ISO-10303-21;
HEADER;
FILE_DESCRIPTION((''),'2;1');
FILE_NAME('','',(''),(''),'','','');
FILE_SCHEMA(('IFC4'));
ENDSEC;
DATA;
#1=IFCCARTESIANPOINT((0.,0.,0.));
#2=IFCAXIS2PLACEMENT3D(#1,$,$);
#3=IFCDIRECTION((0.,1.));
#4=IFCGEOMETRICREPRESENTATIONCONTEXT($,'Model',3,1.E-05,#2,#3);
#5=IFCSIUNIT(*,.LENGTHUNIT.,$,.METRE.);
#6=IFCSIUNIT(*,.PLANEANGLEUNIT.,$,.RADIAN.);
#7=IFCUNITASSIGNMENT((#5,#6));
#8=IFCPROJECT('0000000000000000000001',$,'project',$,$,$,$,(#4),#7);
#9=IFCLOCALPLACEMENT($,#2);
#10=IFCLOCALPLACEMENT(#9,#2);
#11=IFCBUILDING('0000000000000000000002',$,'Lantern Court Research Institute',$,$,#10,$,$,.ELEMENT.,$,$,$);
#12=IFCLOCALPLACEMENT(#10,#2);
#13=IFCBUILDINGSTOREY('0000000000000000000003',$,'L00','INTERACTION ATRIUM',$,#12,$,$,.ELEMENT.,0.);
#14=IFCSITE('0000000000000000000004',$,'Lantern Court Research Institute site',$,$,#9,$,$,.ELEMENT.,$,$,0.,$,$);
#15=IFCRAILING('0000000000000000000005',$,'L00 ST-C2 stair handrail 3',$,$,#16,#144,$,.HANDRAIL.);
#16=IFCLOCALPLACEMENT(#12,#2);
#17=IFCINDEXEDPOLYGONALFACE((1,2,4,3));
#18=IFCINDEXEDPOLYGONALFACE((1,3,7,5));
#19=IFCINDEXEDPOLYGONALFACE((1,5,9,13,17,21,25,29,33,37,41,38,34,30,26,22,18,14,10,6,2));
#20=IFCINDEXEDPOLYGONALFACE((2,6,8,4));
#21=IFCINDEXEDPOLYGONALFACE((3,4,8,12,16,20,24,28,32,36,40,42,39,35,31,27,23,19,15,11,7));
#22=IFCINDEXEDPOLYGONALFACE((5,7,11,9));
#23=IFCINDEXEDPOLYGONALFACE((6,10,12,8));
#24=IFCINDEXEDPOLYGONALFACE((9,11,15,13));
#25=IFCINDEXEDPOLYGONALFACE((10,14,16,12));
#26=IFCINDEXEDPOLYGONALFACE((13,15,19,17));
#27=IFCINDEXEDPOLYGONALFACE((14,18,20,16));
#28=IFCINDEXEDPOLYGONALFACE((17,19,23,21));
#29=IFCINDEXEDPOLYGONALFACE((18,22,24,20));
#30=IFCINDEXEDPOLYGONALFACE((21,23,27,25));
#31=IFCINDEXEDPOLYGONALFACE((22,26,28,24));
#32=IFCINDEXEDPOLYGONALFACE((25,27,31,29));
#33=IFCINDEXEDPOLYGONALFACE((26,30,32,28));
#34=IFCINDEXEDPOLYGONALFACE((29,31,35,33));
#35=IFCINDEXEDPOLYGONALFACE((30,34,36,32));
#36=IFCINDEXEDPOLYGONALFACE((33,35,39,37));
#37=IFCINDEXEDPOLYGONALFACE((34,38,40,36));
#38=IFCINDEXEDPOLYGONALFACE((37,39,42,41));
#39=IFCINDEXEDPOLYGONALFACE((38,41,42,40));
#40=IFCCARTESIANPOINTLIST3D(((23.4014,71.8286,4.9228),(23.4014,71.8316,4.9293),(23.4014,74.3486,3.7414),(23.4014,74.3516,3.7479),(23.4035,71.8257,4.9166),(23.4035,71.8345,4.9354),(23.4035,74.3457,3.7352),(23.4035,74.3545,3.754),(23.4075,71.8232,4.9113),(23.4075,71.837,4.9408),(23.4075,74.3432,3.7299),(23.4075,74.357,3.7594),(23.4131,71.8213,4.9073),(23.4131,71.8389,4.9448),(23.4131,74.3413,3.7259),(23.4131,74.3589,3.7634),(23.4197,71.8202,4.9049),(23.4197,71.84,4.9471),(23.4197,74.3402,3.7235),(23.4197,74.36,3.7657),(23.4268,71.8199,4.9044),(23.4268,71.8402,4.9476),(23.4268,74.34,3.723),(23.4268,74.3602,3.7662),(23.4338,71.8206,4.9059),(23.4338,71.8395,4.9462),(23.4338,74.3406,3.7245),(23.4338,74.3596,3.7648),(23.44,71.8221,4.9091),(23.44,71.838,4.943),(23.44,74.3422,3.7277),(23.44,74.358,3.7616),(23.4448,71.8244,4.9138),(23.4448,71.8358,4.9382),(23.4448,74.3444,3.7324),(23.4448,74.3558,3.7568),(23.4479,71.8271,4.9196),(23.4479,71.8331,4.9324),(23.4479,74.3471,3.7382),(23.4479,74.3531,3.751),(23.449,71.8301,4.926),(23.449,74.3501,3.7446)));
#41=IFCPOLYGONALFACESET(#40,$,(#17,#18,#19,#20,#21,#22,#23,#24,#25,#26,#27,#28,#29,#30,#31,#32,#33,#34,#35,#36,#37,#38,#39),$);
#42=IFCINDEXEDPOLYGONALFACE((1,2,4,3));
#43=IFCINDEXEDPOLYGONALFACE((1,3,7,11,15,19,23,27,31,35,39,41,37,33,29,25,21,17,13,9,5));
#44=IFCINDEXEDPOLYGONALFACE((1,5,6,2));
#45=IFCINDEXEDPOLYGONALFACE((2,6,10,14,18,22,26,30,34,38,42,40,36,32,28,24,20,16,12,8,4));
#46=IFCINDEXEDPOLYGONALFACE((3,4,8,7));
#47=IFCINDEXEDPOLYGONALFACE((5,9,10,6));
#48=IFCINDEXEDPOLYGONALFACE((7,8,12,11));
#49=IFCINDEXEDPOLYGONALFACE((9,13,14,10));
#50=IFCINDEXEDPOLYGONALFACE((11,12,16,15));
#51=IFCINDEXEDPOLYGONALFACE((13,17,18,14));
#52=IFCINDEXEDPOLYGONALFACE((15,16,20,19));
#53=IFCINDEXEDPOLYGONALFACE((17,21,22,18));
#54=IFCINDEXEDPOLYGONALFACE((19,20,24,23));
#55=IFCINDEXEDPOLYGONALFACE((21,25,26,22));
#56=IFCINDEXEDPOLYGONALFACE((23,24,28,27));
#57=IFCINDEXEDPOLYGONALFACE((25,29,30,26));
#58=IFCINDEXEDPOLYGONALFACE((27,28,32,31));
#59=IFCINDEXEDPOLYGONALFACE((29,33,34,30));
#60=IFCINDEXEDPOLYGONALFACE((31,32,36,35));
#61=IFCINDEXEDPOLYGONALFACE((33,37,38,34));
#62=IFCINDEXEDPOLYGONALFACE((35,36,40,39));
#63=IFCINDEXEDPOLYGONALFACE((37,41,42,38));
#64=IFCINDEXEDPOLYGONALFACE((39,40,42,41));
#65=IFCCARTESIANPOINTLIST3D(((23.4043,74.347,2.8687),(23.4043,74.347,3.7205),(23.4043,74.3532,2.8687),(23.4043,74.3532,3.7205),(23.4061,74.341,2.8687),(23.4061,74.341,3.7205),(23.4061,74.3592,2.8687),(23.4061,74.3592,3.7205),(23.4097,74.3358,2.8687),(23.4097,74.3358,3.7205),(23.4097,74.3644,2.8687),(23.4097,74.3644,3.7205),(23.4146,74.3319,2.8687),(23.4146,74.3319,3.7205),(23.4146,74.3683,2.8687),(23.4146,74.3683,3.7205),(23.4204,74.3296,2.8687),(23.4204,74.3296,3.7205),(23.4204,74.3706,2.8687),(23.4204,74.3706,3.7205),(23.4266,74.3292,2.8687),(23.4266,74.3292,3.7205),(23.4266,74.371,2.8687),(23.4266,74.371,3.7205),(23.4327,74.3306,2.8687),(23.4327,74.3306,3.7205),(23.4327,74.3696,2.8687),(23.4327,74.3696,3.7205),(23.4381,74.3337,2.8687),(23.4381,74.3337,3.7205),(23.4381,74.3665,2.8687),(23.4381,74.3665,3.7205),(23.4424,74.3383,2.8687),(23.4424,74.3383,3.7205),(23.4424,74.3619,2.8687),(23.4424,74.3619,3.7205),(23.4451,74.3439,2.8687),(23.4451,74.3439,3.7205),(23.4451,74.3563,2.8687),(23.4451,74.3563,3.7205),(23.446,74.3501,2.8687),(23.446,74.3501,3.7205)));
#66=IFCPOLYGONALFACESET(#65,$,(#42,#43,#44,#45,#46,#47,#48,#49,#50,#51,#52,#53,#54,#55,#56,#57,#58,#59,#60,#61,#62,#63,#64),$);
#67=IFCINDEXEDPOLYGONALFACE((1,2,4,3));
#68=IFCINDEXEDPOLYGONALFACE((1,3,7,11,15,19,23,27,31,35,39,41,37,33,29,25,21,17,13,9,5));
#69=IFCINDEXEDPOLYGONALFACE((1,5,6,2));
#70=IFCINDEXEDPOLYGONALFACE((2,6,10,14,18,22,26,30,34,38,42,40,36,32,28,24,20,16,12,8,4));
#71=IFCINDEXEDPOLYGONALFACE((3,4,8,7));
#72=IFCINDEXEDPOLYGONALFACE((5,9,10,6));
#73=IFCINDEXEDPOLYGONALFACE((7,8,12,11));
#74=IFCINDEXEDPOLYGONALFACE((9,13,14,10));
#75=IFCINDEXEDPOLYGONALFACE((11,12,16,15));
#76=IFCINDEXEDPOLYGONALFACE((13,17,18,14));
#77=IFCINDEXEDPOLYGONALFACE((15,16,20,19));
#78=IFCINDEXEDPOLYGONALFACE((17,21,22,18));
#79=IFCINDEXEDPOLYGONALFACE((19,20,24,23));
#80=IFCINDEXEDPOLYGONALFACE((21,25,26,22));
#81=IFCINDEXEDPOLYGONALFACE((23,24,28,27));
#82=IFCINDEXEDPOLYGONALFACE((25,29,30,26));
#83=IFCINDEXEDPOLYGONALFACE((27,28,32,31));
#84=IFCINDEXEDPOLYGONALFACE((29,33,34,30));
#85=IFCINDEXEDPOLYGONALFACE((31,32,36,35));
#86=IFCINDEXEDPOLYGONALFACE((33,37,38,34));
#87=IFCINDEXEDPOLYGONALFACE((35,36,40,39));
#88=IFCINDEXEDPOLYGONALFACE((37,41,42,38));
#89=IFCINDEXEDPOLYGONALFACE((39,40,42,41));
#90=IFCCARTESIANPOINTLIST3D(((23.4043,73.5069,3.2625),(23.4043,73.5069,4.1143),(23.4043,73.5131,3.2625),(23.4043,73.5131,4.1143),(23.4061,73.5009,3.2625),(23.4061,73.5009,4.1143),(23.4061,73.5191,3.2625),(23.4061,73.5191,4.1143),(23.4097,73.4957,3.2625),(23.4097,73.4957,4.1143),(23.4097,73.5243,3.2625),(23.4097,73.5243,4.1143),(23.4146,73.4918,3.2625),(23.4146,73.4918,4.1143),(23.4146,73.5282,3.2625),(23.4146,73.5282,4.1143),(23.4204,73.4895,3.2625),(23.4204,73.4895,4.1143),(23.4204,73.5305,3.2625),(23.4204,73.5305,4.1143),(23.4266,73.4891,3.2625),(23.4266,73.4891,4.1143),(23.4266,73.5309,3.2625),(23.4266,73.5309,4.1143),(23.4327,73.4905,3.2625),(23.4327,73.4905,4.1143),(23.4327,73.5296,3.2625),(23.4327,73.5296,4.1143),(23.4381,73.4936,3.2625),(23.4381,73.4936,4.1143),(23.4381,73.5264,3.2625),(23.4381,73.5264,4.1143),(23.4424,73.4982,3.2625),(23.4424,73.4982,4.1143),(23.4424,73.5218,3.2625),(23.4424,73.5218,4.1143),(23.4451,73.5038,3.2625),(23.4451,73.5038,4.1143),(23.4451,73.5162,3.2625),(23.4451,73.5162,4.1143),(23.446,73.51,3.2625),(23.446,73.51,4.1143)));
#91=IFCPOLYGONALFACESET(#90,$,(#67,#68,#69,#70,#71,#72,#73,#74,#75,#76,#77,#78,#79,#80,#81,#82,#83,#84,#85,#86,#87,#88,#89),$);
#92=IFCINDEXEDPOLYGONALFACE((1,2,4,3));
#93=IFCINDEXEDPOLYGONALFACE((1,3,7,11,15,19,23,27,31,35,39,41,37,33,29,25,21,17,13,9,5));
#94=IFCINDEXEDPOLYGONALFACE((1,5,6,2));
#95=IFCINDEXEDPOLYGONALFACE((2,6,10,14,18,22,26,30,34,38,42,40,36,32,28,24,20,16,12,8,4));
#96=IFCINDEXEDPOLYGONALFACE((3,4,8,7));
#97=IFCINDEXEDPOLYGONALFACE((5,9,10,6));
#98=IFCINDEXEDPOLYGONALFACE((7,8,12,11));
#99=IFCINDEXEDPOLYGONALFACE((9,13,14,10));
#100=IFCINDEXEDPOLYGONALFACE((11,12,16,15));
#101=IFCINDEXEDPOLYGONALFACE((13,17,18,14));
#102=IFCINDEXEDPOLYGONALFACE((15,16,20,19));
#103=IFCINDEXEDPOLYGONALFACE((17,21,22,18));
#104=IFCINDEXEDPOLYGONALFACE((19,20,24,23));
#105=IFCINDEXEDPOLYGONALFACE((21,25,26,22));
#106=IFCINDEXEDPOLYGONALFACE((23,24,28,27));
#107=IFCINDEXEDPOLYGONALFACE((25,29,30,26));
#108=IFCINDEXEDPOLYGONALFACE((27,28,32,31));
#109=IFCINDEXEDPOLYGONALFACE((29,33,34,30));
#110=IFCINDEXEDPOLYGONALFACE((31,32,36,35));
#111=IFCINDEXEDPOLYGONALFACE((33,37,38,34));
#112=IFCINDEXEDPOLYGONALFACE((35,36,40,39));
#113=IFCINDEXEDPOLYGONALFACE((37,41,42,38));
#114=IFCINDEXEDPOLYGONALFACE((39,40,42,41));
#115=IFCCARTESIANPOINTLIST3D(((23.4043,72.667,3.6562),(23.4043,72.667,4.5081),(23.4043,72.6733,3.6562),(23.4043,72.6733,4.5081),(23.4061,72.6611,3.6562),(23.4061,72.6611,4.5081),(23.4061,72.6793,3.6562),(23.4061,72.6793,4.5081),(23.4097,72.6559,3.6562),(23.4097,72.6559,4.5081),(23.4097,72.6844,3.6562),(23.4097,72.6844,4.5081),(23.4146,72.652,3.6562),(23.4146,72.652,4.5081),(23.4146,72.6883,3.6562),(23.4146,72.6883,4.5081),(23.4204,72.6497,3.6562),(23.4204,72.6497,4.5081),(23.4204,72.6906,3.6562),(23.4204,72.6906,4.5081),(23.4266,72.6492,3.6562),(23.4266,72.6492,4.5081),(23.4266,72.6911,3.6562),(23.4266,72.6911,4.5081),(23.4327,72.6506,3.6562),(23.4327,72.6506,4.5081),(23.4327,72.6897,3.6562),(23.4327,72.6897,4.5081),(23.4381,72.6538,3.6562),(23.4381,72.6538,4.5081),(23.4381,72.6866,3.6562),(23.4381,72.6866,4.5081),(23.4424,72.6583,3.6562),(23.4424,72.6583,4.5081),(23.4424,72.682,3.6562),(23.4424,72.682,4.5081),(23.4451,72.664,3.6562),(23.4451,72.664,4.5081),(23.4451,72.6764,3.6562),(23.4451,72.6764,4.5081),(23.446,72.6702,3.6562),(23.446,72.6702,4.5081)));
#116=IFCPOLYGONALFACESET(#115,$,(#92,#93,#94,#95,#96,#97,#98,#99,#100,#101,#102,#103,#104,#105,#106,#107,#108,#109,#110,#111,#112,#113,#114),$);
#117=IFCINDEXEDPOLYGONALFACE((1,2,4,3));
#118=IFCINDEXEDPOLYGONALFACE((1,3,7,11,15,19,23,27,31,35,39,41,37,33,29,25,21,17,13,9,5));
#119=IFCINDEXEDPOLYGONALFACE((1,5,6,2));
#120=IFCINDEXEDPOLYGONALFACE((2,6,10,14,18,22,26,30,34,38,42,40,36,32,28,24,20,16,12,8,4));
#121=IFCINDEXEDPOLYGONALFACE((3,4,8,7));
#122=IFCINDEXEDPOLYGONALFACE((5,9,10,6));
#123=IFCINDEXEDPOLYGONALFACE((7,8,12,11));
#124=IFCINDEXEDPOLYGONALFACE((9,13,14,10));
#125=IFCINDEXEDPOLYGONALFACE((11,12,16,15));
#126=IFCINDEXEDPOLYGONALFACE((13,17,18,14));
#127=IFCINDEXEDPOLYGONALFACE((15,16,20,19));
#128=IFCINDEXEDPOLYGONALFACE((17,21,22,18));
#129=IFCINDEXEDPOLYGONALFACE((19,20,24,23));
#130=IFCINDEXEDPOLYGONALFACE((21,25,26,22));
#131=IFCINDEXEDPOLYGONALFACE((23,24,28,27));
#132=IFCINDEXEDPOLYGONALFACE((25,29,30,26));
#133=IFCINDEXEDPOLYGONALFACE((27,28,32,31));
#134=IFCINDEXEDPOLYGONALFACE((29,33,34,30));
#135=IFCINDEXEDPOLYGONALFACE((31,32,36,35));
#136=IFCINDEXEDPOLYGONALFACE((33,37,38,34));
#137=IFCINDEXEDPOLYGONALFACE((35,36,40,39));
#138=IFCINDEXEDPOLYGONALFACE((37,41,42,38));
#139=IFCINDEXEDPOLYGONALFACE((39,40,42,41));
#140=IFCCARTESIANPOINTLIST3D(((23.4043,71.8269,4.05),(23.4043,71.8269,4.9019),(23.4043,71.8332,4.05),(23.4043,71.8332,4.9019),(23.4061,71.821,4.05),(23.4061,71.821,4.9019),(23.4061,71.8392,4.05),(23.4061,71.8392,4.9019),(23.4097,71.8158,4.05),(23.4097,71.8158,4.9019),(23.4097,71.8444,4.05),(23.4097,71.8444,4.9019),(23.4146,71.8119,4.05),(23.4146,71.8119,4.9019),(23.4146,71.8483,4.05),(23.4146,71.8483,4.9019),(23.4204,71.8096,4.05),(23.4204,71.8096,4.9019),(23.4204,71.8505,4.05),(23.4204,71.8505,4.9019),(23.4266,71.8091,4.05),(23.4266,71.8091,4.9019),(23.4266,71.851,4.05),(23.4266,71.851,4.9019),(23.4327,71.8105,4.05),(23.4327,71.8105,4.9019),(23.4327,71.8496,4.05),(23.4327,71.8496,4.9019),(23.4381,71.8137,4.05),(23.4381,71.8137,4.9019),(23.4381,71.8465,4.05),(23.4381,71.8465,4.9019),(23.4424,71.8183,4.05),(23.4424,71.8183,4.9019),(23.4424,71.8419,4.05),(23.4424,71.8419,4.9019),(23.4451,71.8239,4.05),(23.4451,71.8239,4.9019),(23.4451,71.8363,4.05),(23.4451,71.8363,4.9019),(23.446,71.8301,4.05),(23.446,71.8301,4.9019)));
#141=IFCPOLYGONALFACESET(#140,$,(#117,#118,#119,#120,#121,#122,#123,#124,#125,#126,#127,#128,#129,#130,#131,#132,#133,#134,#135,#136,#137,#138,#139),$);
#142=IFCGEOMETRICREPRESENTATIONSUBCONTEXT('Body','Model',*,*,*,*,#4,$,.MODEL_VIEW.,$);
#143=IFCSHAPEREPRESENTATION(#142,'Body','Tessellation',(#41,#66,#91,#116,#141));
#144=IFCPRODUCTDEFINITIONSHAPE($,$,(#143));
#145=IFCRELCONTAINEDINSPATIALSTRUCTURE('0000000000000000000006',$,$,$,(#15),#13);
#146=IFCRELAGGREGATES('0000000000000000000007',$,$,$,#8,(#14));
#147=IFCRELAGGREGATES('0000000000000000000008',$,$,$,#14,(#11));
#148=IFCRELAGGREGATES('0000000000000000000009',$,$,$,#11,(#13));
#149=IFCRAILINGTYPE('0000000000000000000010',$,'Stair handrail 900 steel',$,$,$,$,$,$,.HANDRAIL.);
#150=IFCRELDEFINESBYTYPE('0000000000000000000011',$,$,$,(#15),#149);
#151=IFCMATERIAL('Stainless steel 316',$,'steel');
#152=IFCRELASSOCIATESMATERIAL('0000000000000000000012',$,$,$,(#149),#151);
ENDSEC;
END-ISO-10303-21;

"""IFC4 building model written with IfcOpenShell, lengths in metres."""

from ifc_helpers import new_model, si_unit, direction, frame, origin, origin_2d, place, context, subcontext, project, spatial, circle, extrude, material, type_object, element, save


model = new_model("IFC4")

# Units and contexts
model_context = context("Model", 3, precision=1e-05, world=origin(), true_north=direction((0.0, 1.0)))
body_context = subcontext(model_context, "Body", "Model", "MODEL_VIEW")
ifc_project = project(units=[si_unit("LENGTHUNIT", "METRE"), si_unit("PLANEANGLEUNIT", "RADIAN")], contexts=[model_context])

# Site, building, storey
site_placement = place(None, origin())
site = spatial("IfcSite", under=ifc_project, at=site_placement, Name="Lantern Court Research Institute site", CompositionType="ELEMENT", RefElevation=0.0)
building_placement = place(site_placement, origin())
building = spatial("IfcBuilding", under=site, at=building_placement, Name="Lantern Court Research Institute", CompositionType="ELEMENT")
storey_placement = place(building_placement, origin())
storey = spatial("IfcBuildingStorey", under=building, at=storey_placement, Name="L00", Description="INTERACTION ATRIUM", CompositionType="ELEMENT", Elevation=0.0)

# Railing
ifc_material_1 = material(Name="Stainless steel 316", Category="steel")
railing_type_1 = type_object("IfcRailingType", Name="Stair handrail 900 steel", PredefinedType="HANDRAIL", material=ifc_material_1)
for number, where, name in (
    (1, (23.425, 74.3501, 2.8687), "L00 ST-C2 stair handrail 3"),
):
    element("IfcRailing", number, at=place(storey_placement, frame(where)), inside=storey, type_object=railing_type_1, Name=name, PredefinedType="HANDRAIL", context=body_context, shape_type="SweptSolid", body=[
        extrude(circle(Radius=0.0239, at=origin_2d()), frame((0.0, 0.0, 0.876), z_axis=(0.0, -0.90544, 0.424474), x_axis=(1.0, 0.0, 0.0)), (0.0, 0.0, 1.0), 2.7832),
        extrude(circle(Radius=0.021, at=origin_2d()), origin(), (0.0, 0.0, 1.0), 0.8518),
        extrude(circle(Radius=0.021, at=origin_2d()), frame((0.0, -0.8401, 0.3938)), (0.0, 0.0, 1.0), 0.8518),
        extrude(circle(Radius=0.021, at=origin_2d()), frame((0.0, -1.6799, 0.7876)), (0.0, 0.0, 1.0), 0.8518),
        extrude(circle(Radius=0.021, at=origin_2d()), frame((0.0, -2.52, 1.1814)), (0.0, 0.0, 1.0), 0.8518),
    ])

save(model, "model.ifc")
